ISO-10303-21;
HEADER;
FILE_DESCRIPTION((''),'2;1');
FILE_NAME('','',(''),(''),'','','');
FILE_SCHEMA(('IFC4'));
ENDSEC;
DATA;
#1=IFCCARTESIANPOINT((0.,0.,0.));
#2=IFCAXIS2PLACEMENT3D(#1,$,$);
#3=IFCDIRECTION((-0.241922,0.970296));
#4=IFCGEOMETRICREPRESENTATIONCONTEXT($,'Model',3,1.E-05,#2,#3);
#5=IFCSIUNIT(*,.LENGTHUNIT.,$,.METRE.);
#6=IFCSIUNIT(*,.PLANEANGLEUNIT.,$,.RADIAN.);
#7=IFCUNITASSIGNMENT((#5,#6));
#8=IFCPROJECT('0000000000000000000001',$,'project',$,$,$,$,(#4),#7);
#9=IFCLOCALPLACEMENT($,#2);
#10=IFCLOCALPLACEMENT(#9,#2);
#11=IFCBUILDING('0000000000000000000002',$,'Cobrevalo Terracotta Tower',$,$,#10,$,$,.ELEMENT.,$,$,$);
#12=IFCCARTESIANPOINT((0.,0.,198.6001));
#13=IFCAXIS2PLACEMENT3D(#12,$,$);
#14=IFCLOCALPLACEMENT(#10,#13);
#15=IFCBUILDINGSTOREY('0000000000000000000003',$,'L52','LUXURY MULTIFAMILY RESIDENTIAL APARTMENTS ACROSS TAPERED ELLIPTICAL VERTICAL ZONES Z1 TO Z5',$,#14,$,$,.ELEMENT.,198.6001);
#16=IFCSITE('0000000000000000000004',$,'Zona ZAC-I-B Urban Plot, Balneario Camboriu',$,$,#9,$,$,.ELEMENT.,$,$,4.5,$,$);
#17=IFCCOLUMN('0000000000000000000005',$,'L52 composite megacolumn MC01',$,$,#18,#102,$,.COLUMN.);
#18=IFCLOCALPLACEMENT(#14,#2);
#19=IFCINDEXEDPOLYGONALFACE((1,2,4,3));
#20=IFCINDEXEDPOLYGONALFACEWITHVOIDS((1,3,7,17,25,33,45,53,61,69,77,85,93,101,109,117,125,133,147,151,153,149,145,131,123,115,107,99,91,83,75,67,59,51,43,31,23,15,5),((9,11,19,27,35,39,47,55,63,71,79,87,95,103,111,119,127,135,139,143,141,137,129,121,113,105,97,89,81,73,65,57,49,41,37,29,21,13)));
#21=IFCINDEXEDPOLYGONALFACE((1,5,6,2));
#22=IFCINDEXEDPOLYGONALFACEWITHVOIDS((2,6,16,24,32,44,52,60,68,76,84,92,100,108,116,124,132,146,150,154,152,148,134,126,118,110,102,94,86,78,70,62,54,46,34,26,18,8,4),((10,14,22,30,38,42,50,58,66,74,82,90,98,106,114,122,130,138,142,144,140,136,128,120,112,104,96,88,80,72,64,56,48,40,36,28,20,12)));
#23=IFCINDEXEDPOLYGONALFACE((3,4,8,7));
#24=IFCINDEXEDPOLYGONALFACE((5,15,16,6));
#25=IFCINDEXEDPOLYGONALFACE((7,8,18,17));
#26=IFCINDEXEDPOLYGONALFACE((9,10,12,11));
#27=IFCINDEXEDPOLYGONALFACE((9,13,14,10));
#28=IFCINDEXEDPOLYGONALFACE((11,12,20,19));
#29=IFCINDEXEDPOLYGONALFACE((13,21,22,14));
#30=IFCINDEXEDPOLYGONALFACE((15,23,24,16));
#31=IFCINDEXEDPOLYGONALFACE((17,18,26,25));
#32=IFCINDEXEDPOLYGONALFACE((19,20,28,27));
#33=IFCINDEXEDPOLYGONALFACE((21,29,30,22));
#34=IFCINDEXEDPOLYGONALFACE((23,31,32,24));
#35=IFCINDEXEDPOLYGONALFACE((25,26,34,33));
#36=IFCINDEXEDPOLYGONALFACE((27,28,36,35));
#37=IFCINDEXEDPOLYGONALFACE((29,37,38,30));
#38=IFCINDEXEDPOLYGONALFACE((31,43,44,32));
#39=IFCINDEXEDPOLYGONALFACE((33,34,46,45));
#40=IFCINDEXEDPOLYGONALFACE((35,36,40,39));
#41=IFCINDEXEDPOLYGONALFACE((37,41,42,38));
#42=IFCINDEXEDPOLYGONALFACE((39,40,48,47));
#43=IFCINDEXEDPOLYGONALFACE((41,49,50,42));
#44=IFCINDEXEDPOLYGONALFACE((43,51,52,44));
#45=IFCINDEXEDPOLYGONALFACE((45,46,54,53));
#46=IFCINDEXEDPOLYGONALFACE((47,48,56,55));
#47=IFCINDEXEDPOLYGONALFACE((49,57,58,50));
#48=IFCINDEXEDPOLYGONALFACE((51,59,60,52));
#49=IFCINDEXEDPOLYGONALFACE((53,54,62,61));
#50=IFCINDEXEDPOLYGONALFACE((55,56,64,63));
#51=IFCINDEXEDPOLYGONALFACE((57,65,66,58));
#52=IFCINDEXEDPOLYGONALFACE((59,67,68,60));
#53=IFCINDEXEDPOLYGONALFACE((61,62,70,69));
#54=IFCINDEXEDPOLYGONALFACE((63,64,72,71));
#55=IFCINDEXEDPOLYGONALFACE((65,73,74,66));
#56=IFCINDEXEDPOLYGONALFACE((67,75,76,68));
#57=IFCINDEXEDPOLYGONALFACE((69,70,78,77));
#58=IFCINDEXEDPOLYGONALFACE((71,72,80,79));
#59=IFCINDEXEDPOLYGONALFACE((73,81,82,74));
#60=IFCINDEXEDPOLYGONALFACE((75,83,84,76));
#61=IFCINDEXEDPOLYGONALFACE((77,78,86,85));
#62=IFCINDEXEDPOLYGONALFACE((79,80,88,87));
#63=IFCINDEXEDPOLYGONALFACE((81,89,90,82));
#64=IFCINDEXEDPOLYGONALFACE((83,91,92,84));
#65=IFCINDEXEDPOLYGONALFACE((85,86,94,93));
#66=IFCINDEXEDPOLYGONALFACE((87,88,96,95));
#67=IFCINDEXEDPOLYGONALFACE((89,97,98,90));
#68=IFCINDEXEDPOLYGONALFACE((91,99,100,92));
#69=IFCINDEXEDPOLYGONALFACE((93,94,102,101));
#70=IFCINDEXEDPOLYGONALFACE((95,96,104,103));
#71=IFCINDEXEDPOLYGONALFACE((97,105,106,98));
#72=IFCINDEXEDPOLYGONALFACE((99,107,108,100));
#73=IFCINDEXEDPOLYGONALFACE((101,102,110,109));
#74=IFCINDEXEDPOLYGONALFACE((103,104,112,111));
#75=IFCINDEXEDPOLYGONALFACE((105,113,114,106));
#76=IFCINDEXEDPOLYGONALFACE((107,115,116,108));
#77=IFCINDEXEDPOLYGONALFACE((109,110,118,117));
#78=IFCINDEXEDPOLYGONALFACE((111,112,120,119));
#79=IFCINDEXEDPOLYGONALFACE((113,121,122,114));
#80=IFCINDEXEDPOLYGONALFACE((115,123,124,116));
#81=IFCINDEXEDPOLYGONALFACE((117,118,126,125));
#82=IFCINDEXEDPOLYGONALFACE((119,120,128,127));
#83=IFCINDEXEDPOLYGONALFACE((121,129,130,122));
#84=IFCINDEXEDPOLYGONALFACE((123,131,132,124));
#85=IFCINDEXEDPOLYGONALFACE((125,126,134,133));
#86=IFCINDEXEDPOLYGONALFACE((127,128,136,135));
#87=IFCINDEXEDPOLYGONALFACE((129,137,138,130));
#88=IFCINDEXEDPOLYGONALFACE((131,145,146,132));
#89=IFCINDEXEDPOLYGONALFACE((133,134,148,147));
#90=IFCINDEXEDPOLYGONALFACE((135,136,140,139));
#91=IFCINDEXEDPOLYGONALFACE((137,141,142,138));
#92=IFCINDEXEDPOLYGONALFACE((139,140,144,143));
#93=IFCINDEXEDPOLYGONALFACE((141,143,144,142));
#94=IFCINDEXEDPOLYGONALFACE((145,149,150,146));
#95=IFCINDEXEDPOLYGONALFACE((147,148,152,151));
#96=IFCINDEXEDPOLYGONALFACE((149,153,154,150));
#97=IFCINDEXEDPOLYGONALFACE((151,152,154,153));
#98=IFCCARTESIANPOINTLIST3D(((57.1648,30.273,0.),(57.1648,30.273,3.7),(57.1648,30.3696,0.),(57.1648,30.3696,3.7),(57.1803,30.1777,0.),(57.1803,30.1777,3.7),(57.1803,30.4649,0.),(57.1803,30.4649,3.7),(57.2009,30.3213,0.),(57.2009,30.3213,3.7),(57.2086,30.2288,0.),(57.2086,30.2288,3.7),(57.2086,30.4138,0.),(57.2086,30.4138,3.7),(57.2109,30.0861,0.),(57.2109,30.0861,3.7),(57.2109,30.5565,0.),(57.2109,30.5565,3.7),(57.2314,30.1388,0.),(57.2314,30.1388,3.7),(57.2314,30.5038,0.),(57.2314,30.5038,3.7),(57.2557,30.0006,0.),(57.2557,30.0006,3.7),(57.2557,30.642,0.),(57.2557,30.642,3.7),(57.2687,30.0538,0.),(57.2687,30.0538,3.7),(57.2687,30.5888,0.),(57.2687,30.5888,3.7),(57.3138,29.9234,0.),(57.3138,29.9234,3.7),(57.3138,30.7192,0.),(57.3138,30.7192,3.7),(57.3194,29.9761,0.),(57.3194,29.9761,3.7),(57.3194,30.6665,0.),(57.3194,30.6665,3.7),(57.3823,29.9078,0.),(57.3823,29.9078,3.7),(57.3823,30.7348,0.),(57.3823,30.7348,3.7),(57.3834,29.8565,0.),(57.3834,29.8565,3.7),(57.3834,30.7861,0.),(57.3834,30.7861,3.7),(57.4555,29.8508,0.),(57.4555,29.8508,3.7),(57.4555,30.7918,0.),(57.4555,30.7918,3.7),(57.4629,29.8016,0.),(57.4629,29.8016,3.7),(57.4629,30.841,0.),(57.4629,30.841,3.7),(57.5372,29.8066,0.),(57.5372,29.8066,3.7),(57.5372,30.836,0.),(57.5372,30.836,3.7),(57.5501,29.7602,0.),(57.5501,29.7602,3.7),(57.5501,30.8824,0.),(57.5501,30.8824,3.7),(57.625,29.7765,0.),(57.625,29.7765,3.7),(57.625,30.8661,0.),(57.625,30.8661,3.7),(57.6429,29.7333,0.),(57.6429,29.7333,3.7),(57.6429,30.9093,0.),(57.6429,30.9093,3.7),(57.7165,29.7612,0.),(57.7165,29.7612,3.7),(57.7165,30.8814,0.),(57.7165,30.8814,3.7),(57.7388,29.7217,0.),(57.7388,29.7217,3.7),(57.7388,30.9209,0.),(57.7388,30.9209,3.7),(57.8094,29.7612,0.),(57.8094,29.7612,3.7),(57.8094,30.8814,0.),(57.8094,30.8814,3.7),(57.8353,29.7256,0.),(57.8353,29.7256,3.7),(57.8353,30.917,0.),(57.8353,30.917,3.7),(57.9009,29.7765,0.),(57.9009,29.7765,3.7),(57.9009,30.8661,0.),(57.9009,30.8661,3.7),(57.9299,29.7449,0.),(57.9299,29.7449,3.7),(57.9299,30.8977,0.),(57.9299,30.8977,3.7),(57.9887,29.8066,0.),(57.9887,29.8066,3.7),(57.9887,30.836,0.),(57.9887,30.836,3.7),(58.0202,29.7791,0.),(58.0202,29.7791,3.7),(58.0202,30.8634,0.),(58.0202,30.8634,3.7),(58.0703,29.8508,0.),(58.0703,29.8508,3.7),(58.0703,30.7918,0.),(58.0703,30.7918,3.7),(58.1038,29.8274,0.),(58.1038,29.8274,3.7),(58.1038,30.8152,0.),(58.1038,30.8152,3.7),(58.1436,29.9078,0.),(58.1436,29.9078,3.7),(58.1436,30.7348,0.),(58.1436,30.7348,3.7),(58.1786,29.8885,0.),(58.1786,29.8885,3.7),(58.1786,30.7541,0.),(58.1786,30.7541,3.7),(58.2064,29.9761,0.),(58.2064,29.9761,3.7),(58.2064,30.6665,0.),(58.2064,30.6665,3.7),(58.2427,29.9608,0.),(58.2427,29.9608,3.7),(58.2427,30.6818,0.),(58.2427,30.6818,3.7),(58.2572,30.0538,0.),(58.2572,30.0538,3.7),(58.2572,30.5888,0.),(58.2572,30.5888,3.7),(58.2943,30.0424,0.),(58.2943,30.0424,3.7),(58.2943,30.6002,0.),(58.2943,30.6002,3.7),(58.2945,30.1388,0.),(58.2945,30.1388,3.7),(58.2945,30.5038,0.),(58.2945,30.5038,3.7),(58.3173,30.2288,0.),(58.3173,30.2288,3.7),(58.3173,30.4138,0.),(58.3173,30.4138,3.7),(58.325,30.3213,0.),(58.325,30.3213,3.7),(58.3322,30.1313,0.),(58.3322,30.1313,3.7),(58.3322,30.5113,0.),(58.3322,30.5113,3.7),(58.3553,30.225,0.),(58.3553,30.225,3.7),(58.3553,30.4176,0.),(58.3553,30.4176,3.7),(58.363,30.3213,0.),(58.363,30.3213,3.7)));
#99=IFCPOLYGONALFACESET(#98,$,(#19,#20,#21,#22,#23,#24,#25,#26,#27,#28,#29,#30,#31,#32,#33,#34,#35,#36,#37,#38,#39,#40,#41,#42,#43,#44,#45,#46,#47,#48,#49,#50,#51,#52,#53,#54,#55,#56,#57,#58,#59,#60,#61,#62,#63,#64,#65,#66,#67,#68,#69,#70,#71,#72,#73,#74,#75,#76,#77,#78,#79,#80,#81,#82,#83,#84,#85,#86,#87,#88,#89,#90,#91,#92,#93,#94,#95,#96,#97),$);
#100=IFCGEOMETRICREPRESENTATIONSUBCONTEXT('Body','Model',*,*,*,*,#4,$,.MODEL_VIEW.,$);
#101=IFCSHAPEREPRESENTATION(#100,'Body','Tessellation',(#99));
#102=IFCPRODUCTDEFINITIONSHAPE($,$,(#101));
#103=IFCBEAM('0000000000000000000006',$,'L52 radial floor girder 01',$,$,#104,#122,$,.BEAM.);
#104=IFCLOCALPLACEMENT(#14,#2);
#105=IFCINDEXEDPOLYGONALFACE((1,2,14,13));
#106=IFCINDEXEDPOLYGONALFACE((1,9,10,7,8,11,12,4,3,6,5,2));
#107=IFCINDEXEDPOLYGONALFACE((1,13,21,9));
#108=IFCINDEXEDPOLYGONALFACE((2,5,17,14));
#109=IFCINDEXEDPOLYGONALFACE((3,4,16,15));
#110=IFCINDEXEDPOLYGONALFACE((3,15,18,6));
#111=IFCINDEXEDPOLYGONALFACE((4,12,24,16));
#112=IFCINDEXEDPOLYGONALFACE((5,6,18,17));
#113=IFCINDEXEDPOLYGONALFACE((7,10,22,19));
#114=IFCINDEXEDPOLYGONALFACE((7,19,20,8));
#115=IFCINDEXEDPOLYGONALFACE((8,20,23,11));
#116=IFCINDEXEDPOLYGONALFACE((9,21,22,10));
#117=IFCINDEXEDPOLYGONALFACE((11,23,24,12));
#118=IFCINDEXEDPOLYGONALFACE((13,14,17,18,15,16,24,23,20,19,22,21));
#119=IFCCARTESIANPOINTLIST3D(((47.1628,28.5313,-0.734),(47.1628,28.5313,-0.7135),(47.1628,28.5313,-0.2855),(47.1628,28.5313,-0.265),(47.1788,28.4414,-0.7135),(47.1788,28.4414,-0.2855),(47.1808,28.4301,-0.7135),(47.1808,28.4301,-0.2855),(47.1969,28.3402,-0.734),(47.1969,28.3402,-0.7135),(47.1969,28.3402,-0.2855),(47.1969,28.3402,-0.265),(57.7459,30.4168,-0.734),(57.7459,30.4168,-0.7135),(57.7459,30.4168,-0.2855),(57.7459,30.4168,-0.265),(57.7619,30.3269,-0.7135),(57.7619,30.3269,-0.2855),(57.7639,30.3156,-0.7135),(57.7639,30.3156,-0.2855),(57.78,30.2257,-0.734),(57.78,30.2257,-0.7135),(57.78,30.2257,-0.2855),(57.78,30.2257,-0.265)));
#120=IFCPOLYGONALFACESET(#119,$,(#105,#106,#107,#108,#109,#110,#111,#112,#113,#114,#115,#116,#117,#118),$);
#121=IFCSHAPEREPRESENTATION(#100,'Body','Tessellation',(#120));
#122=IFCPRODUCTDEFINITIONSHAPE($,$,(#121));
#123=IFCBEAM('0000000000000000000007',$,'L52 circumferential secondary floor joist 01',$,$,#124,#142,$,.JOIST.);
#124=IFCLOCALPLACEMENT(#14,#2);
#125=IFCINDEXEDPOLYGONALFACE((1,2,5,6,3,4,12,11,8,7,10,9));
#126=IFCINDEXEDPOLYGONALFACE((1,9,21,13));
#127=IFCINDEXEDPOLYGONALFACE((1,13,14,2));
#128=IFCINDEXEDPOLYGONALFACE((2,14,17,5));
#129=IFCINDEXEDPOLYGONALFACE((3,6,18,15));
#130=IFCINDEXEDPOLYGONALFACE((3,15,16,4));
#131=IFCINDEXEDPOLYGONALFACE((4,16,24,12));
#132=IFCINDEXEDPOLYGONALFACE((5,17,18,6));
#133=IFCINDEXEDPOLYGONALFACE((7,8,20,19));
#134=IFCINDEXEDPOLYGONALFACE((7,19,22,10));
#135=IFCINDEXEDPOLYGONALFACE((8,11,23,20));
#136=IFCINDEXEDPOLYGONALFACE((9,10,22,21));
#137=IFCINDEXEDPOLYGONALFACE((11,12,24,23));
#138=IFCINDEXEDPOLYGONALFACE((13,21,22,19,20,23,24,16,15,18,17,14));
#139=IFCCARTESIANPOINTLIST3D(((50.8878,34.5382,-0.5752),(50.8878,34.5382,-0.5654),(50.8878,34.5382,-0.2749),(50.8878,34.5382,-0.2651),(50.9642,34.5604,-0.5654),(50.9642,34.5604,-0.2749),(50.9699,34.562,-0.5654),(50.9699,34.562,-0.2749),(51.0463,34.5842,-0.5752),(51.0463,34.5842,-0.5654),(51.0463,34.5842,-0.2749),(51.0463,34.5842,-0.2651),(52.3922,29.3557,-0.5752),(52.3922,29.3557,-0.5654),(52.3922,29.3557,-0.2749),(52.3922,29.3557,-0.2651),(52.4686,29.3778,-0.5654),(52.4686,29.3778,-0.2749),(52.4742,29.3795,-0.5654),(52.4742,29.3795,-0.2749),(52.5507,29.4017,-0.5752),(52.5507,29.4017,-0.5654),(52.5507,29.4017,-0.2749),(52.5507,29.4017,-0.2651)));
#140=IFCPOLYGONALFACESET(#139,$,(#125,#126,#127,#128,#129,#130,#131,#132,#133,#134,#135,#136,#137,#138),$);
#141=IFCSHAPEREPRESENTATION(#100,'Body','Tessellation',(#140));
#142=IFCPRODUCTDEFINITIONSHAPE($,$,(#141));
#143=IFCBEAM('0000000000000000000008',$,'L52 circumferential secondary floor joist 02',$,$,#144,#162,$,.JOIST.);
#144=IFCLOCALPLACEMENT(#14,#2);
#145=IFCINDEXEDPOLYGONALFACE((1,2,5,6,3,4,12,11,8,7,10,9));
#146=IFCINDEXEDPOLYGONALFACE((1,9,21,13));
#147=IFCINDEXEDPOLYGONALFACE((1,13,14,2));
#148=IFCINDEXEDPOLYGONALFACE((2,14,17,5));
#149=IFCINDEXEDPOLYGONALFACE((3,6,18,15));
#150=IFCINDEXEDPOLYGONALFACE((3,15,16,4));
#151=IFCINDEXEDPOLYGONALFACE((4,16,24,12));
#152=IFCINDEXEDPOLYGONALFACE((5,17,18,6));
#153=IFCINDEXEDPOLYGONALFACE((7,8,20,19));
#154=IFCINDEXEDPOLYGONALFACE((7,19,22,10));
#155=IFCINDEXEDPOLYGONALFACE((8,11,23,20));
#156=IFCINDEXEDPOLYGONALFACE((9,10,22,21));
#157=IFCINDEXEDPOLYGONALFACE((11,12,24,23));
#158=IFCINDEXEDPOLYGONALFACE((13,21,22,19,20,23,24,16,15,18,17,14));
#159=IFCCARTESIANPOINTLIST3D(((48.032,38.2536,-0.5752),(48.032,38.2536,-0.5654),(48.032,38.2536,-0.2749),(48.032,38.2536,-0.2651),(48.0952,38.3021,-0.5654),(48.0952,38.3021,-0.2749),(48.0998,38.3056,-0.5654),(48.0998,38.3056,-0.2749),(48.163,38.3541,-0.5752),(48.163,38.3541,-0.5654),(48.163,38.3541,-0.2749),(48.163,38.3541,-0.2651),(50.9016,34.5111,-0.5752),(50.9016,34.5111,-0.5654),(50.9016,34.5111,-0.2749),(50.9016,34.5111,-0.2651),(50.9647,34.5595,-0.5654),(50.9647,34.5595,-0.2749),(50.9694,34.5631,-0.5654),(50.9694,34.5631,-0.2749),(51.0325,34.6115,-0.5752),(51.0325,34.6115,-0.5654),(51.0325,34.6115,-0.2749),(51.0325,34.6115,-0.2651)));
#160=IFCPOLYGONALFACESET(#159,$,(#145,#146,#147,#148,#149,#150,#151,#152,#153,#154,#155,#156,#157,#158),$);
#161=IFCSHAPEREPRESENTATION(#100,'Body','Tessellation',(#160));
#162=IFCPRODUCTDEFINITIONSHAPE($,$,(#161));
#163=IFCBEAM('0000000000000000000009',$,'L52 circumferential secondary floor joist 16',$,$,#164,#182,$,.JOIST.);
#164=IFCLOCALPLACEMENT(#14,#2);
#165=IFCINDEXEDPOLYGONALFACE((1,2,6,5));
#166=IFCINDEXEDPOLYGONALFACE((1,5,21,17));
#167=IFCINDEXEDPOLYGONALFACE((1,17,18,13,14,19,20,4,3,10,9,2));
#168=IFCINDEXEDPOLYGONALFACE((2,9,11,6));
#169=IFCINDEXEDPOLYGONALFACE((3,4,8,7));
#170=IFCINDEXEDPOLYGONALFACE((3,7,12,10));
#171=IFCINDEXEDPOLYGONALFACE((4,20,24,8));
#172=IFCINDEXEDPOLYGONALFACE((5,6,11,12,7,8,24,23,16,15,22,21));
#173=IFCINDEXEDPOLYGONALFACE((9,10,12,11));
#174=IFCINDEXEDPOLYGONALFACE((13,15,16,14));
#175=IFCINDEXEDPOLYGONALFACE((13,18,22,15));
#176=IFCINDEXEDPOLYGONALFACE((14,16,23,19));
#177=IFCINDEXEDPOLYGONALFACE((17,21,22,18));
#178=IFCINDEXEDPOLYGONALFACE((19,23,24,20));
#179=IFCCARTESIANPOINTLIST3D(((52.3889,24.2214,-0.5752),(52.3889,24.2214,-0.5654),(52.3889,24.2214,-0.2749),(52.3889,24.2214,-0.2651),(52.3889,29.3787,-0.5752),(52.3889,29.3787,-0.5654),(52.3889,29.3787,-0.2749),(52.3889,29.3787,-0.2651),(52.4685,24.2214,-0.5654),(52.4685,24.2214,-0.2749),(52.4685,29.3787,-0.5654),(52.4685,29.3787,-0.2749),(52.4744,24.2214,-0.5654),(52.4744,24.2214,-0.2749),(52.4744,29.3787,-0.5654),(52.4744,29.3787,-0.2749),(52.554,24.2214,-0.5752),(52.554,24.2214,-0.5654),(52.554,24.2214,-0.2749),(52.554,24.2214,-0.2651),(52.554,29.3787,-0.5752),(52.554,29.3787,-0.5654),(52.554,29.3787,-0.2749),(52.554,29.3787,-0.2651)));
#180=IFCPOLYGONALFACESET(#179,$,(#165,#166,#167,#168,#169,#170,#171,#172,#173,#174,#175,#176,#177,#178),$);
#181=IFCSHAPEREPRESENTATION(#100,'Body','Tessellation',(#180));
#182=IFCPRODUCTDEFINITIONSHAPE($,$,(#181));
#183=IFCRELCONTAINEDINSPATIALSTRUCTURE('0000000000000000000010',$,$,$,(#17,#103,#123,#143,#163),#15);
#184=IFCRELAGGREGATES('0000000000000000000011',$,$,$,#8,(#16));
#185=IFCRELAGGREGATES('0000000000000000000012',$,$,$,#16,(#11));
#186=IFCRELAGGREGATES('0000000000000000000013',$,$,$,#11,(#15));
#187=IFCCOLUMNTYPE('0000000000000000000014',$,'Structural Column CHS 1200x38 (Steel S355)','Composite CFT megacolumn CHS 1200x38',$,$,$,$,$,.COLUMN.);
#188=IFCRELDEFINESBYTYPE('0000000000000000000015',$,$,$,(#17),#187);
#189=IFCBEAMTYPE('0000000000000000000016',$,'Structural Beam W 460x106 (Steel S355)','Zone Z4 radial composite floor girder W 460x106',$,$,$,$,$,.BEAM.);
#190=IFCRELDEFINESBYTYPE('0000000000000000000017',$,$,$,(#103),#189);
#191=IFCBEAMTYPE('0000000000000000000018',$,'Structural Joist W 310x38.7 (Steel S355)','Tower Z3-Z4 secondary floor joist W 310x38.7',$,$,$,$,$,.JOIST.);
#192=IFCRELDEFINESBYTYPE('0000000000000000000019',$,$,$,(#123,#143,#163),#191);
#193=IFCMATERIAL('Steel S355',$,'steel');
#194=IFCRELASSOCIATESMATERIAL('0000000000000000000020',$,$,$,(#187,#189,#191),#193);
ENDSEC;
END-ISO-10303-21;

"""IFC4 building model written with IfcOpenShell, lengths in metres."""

from ifc_helpers import new_model, si_unit, direction, frame, origin, origin_2d, place, context, subcontext, project, spatial, hollow_circle, i_section, extrude, material, material_profile, profile_set, type_object, element, save


model = new_model("IFC4")

# Units and contexts
model_context = context("Model", 3, precision=1e-05, world=origin(), true_north=direction((-0.241922, 0.970296)))
body_context = subcontext(model_context, "Body", "Model", "MODEL_VIEW")
ifc_project = project(units=[si_unit("LENGTHUNIT", "METRE"), si_unit("PLANEANGLEUNIT", "RADIAN")], contexts=[model_context])

# Site, building, storey
site_placement = place(None, origin())
site = spatial("IfcSite", under=ifc_project, at=site_placement, Name="Zona ZAC-I-B Urban Plot, Balneario Camboriu", CompositionType="ELEMENT", RefElevation=4.5)
building_placement = place(site_placement, origin())
building = spatial("IfcBuilding", under=site, at=building_placement, Name="Cobrevalo Terracotta Tower", CompositionType="ELEMENT")
storey_placement = place(building_placement, frame((0.0, 0.0, 198.6001)))
storey = spatial("IfcBuildingStorey", under=building, at=storey_placement, Name="L52", Description="LUXURY MULTIFAMILY RESIDENTIAL APARTMENTS ACROSS TAPERED ELLIPTICAL VERTICAL ZONES Z1 TO Z5", CompositionType="ELEMENT", Elevation=198.6001)

# Column
ifc_material_1 = material(Name="Steel S355", Category="steel")
ifc_material_profile_1 = material_profile(ifc_material_1, hollow_circle(Radius=0.6001, WallThickness=0.0381, at=origin_2d()), Name="CHS 1200x38")
ifc_profile_set_1 = profile_set([ifc_material_profile_1], Name="Steel S355")
column_type = type_object("IfcColumnType", Name="Structural Column CHS 1200x38 (Steel S355)", Description="Composite CFT megacolumn CHS 1200x38", PredefinedType="COLUMN", material=ifc_profile_set_1)
column_placement = place(storey_placement, frame((57.7629, 30.3213, 0.0), z_axis=(0.0, 0.0, 1.0), x_axis=(1.0, 0.0, 0.0)))
element("IfcColumn", 1, at=column_placement, inside=storey, type_object=column_type, Name="L52 composite megacolumn MC01", PredefinedType="COLUMN", context=body_context, shape_type="SweptSolid", body=[
    extrude(hollow_circle(Radius=0.6001, WallThickness=0.0381, at=origin_2d()), origin(), (0.0, 0.0, 1.0), 3.7),
])

# Beams
ifc_material_profile_2 = material_profile(ifc_material_1, i_section(OverallWidth=0.1941, OverallDepth=0.469, WebThickness=0.0115, FlangeThickness=0.0205, at=origin_2d()), Name="W 460x106")
ifc_profile_set_2 = profile_set([ifc_material_profile_2], Name="Steel S355")
beam_type_1 = type_object("IfcBeamType", Name="Structural Beam W 460x106 (Steel S355)", Description="Zone Z4 radial composite floor girder W 460x106", PredefinedType="BEAM", material=ifc_profile_set_2)
beam_1_placement = place(storey_placement, frame((57.7629, 30.3213, -0.4995), z_axis=(-0.984497, -0.175401, 0.0), x_axis=(0.175401, -0.984497, 0.0)))
element("IfcBeam", 2, at=beam_1_placement, inside=storey, type_object=beam_type_1, Name="L52 radial floor girder 01", PredefinedType="BEAM", context=body_context, shape_type="SweptSolid", body=[
    extrude(i_section(OverallWidth=0.1941, OverallDepth=0.469, WebThickness=0.0115, FlangeThickness=0.0205, at=origin_2d()), origin(), (0.0, 0.0, 1.0), 10.7498),
])
ifc_material_profile_3 = material_profile(ifc_material_1, i_section(OverallWidth=0.165, OverallDepth=0.3101, WebThickness=0.0059, FlangeThickness=0.0098, at=origin_2d()), Name="W 310x38.7")
ifc_profile_set_3 = profile_set([ifc_material_profile_3], Name="Steel S355")
beam_type_2 = type_object("IfcBeamType", Name="Structural Joist W 310x38.7 (Steel S355)", Description="Tower Z3-Z4 secondary floor joist W 310x38.7", PredefinedType="JOIST", material=ifc_profile_set_3)
beam_2_placement = place(storey_placement, frame((52.4714, 29.3787, -0.4202), z_axis=(-0.27877, 0.960358, 0.0), x_axis=(-0.960358, -0.27877, 0.0)))
element("IfcBeam", 3, at=beam_2_placement, inside=storey, type_object=beam_type_2, Name="L52 circumferential secondary floor joist 01", PredefinedType="JOIST", context=body_context, shape_type="SweptSolid", body=[
    extrude(i_section(OverallWidth=0.165, OverallDepth=0.3101, WebThickness=0.0059, FlangeThickness=0.0098, at=origin_2d()), origin(), (0.0, 0.0, 1.0), 5.3965),
])
beam_3_placement = place(storey_placement, frame((50.967, 34.5613, -0.4202), z_axis=(-0.608464, 0.793581, 0.0), x_axis=(-0.793581, -0.608464, 0.0)))
element("IfcBeam", 4, at=beam_3_placement, inside=storey, type_object=beam_type_2, Name="L52 circumferential secondary floor joist 02", PredefinedType="JOIST", context=body_context, shape_type="SweptSolid", body=[
    extrude(i_section(OverallWidth=0.165, OverallDepth=0.3101, WebThickness=0.0059, FlangeThickness=0.0098, at=origin_2d()), origin(), (0.0, 0.0, 1.0), 4.7161),
])
beam_4_placement = place(storey_placement, frame((52.4714, 24.2214, -0.4202), z_axis=(0.0, 1.0, 0.0), x_axis=(-1.0, 0.0, 0.0)))
element("IfcBeam", 5, at=beam_4_placement, inside=storey, type_object=beam_type_2, Name="L52 circumferential secondary floor joist 16", PredefinedType="JOIST", context=body_context, shape_type="SweptSolid", body=[
    extrude(i_section(OverallWidth=0.165, OverallDepth=0.3101, WebThickness=0.0059, FlangeThickness=0.0098, at=origin_2d()), origin(), (0.0, 0.0, 1.0), 5.1572),
])

save(model, "model.ifc")
